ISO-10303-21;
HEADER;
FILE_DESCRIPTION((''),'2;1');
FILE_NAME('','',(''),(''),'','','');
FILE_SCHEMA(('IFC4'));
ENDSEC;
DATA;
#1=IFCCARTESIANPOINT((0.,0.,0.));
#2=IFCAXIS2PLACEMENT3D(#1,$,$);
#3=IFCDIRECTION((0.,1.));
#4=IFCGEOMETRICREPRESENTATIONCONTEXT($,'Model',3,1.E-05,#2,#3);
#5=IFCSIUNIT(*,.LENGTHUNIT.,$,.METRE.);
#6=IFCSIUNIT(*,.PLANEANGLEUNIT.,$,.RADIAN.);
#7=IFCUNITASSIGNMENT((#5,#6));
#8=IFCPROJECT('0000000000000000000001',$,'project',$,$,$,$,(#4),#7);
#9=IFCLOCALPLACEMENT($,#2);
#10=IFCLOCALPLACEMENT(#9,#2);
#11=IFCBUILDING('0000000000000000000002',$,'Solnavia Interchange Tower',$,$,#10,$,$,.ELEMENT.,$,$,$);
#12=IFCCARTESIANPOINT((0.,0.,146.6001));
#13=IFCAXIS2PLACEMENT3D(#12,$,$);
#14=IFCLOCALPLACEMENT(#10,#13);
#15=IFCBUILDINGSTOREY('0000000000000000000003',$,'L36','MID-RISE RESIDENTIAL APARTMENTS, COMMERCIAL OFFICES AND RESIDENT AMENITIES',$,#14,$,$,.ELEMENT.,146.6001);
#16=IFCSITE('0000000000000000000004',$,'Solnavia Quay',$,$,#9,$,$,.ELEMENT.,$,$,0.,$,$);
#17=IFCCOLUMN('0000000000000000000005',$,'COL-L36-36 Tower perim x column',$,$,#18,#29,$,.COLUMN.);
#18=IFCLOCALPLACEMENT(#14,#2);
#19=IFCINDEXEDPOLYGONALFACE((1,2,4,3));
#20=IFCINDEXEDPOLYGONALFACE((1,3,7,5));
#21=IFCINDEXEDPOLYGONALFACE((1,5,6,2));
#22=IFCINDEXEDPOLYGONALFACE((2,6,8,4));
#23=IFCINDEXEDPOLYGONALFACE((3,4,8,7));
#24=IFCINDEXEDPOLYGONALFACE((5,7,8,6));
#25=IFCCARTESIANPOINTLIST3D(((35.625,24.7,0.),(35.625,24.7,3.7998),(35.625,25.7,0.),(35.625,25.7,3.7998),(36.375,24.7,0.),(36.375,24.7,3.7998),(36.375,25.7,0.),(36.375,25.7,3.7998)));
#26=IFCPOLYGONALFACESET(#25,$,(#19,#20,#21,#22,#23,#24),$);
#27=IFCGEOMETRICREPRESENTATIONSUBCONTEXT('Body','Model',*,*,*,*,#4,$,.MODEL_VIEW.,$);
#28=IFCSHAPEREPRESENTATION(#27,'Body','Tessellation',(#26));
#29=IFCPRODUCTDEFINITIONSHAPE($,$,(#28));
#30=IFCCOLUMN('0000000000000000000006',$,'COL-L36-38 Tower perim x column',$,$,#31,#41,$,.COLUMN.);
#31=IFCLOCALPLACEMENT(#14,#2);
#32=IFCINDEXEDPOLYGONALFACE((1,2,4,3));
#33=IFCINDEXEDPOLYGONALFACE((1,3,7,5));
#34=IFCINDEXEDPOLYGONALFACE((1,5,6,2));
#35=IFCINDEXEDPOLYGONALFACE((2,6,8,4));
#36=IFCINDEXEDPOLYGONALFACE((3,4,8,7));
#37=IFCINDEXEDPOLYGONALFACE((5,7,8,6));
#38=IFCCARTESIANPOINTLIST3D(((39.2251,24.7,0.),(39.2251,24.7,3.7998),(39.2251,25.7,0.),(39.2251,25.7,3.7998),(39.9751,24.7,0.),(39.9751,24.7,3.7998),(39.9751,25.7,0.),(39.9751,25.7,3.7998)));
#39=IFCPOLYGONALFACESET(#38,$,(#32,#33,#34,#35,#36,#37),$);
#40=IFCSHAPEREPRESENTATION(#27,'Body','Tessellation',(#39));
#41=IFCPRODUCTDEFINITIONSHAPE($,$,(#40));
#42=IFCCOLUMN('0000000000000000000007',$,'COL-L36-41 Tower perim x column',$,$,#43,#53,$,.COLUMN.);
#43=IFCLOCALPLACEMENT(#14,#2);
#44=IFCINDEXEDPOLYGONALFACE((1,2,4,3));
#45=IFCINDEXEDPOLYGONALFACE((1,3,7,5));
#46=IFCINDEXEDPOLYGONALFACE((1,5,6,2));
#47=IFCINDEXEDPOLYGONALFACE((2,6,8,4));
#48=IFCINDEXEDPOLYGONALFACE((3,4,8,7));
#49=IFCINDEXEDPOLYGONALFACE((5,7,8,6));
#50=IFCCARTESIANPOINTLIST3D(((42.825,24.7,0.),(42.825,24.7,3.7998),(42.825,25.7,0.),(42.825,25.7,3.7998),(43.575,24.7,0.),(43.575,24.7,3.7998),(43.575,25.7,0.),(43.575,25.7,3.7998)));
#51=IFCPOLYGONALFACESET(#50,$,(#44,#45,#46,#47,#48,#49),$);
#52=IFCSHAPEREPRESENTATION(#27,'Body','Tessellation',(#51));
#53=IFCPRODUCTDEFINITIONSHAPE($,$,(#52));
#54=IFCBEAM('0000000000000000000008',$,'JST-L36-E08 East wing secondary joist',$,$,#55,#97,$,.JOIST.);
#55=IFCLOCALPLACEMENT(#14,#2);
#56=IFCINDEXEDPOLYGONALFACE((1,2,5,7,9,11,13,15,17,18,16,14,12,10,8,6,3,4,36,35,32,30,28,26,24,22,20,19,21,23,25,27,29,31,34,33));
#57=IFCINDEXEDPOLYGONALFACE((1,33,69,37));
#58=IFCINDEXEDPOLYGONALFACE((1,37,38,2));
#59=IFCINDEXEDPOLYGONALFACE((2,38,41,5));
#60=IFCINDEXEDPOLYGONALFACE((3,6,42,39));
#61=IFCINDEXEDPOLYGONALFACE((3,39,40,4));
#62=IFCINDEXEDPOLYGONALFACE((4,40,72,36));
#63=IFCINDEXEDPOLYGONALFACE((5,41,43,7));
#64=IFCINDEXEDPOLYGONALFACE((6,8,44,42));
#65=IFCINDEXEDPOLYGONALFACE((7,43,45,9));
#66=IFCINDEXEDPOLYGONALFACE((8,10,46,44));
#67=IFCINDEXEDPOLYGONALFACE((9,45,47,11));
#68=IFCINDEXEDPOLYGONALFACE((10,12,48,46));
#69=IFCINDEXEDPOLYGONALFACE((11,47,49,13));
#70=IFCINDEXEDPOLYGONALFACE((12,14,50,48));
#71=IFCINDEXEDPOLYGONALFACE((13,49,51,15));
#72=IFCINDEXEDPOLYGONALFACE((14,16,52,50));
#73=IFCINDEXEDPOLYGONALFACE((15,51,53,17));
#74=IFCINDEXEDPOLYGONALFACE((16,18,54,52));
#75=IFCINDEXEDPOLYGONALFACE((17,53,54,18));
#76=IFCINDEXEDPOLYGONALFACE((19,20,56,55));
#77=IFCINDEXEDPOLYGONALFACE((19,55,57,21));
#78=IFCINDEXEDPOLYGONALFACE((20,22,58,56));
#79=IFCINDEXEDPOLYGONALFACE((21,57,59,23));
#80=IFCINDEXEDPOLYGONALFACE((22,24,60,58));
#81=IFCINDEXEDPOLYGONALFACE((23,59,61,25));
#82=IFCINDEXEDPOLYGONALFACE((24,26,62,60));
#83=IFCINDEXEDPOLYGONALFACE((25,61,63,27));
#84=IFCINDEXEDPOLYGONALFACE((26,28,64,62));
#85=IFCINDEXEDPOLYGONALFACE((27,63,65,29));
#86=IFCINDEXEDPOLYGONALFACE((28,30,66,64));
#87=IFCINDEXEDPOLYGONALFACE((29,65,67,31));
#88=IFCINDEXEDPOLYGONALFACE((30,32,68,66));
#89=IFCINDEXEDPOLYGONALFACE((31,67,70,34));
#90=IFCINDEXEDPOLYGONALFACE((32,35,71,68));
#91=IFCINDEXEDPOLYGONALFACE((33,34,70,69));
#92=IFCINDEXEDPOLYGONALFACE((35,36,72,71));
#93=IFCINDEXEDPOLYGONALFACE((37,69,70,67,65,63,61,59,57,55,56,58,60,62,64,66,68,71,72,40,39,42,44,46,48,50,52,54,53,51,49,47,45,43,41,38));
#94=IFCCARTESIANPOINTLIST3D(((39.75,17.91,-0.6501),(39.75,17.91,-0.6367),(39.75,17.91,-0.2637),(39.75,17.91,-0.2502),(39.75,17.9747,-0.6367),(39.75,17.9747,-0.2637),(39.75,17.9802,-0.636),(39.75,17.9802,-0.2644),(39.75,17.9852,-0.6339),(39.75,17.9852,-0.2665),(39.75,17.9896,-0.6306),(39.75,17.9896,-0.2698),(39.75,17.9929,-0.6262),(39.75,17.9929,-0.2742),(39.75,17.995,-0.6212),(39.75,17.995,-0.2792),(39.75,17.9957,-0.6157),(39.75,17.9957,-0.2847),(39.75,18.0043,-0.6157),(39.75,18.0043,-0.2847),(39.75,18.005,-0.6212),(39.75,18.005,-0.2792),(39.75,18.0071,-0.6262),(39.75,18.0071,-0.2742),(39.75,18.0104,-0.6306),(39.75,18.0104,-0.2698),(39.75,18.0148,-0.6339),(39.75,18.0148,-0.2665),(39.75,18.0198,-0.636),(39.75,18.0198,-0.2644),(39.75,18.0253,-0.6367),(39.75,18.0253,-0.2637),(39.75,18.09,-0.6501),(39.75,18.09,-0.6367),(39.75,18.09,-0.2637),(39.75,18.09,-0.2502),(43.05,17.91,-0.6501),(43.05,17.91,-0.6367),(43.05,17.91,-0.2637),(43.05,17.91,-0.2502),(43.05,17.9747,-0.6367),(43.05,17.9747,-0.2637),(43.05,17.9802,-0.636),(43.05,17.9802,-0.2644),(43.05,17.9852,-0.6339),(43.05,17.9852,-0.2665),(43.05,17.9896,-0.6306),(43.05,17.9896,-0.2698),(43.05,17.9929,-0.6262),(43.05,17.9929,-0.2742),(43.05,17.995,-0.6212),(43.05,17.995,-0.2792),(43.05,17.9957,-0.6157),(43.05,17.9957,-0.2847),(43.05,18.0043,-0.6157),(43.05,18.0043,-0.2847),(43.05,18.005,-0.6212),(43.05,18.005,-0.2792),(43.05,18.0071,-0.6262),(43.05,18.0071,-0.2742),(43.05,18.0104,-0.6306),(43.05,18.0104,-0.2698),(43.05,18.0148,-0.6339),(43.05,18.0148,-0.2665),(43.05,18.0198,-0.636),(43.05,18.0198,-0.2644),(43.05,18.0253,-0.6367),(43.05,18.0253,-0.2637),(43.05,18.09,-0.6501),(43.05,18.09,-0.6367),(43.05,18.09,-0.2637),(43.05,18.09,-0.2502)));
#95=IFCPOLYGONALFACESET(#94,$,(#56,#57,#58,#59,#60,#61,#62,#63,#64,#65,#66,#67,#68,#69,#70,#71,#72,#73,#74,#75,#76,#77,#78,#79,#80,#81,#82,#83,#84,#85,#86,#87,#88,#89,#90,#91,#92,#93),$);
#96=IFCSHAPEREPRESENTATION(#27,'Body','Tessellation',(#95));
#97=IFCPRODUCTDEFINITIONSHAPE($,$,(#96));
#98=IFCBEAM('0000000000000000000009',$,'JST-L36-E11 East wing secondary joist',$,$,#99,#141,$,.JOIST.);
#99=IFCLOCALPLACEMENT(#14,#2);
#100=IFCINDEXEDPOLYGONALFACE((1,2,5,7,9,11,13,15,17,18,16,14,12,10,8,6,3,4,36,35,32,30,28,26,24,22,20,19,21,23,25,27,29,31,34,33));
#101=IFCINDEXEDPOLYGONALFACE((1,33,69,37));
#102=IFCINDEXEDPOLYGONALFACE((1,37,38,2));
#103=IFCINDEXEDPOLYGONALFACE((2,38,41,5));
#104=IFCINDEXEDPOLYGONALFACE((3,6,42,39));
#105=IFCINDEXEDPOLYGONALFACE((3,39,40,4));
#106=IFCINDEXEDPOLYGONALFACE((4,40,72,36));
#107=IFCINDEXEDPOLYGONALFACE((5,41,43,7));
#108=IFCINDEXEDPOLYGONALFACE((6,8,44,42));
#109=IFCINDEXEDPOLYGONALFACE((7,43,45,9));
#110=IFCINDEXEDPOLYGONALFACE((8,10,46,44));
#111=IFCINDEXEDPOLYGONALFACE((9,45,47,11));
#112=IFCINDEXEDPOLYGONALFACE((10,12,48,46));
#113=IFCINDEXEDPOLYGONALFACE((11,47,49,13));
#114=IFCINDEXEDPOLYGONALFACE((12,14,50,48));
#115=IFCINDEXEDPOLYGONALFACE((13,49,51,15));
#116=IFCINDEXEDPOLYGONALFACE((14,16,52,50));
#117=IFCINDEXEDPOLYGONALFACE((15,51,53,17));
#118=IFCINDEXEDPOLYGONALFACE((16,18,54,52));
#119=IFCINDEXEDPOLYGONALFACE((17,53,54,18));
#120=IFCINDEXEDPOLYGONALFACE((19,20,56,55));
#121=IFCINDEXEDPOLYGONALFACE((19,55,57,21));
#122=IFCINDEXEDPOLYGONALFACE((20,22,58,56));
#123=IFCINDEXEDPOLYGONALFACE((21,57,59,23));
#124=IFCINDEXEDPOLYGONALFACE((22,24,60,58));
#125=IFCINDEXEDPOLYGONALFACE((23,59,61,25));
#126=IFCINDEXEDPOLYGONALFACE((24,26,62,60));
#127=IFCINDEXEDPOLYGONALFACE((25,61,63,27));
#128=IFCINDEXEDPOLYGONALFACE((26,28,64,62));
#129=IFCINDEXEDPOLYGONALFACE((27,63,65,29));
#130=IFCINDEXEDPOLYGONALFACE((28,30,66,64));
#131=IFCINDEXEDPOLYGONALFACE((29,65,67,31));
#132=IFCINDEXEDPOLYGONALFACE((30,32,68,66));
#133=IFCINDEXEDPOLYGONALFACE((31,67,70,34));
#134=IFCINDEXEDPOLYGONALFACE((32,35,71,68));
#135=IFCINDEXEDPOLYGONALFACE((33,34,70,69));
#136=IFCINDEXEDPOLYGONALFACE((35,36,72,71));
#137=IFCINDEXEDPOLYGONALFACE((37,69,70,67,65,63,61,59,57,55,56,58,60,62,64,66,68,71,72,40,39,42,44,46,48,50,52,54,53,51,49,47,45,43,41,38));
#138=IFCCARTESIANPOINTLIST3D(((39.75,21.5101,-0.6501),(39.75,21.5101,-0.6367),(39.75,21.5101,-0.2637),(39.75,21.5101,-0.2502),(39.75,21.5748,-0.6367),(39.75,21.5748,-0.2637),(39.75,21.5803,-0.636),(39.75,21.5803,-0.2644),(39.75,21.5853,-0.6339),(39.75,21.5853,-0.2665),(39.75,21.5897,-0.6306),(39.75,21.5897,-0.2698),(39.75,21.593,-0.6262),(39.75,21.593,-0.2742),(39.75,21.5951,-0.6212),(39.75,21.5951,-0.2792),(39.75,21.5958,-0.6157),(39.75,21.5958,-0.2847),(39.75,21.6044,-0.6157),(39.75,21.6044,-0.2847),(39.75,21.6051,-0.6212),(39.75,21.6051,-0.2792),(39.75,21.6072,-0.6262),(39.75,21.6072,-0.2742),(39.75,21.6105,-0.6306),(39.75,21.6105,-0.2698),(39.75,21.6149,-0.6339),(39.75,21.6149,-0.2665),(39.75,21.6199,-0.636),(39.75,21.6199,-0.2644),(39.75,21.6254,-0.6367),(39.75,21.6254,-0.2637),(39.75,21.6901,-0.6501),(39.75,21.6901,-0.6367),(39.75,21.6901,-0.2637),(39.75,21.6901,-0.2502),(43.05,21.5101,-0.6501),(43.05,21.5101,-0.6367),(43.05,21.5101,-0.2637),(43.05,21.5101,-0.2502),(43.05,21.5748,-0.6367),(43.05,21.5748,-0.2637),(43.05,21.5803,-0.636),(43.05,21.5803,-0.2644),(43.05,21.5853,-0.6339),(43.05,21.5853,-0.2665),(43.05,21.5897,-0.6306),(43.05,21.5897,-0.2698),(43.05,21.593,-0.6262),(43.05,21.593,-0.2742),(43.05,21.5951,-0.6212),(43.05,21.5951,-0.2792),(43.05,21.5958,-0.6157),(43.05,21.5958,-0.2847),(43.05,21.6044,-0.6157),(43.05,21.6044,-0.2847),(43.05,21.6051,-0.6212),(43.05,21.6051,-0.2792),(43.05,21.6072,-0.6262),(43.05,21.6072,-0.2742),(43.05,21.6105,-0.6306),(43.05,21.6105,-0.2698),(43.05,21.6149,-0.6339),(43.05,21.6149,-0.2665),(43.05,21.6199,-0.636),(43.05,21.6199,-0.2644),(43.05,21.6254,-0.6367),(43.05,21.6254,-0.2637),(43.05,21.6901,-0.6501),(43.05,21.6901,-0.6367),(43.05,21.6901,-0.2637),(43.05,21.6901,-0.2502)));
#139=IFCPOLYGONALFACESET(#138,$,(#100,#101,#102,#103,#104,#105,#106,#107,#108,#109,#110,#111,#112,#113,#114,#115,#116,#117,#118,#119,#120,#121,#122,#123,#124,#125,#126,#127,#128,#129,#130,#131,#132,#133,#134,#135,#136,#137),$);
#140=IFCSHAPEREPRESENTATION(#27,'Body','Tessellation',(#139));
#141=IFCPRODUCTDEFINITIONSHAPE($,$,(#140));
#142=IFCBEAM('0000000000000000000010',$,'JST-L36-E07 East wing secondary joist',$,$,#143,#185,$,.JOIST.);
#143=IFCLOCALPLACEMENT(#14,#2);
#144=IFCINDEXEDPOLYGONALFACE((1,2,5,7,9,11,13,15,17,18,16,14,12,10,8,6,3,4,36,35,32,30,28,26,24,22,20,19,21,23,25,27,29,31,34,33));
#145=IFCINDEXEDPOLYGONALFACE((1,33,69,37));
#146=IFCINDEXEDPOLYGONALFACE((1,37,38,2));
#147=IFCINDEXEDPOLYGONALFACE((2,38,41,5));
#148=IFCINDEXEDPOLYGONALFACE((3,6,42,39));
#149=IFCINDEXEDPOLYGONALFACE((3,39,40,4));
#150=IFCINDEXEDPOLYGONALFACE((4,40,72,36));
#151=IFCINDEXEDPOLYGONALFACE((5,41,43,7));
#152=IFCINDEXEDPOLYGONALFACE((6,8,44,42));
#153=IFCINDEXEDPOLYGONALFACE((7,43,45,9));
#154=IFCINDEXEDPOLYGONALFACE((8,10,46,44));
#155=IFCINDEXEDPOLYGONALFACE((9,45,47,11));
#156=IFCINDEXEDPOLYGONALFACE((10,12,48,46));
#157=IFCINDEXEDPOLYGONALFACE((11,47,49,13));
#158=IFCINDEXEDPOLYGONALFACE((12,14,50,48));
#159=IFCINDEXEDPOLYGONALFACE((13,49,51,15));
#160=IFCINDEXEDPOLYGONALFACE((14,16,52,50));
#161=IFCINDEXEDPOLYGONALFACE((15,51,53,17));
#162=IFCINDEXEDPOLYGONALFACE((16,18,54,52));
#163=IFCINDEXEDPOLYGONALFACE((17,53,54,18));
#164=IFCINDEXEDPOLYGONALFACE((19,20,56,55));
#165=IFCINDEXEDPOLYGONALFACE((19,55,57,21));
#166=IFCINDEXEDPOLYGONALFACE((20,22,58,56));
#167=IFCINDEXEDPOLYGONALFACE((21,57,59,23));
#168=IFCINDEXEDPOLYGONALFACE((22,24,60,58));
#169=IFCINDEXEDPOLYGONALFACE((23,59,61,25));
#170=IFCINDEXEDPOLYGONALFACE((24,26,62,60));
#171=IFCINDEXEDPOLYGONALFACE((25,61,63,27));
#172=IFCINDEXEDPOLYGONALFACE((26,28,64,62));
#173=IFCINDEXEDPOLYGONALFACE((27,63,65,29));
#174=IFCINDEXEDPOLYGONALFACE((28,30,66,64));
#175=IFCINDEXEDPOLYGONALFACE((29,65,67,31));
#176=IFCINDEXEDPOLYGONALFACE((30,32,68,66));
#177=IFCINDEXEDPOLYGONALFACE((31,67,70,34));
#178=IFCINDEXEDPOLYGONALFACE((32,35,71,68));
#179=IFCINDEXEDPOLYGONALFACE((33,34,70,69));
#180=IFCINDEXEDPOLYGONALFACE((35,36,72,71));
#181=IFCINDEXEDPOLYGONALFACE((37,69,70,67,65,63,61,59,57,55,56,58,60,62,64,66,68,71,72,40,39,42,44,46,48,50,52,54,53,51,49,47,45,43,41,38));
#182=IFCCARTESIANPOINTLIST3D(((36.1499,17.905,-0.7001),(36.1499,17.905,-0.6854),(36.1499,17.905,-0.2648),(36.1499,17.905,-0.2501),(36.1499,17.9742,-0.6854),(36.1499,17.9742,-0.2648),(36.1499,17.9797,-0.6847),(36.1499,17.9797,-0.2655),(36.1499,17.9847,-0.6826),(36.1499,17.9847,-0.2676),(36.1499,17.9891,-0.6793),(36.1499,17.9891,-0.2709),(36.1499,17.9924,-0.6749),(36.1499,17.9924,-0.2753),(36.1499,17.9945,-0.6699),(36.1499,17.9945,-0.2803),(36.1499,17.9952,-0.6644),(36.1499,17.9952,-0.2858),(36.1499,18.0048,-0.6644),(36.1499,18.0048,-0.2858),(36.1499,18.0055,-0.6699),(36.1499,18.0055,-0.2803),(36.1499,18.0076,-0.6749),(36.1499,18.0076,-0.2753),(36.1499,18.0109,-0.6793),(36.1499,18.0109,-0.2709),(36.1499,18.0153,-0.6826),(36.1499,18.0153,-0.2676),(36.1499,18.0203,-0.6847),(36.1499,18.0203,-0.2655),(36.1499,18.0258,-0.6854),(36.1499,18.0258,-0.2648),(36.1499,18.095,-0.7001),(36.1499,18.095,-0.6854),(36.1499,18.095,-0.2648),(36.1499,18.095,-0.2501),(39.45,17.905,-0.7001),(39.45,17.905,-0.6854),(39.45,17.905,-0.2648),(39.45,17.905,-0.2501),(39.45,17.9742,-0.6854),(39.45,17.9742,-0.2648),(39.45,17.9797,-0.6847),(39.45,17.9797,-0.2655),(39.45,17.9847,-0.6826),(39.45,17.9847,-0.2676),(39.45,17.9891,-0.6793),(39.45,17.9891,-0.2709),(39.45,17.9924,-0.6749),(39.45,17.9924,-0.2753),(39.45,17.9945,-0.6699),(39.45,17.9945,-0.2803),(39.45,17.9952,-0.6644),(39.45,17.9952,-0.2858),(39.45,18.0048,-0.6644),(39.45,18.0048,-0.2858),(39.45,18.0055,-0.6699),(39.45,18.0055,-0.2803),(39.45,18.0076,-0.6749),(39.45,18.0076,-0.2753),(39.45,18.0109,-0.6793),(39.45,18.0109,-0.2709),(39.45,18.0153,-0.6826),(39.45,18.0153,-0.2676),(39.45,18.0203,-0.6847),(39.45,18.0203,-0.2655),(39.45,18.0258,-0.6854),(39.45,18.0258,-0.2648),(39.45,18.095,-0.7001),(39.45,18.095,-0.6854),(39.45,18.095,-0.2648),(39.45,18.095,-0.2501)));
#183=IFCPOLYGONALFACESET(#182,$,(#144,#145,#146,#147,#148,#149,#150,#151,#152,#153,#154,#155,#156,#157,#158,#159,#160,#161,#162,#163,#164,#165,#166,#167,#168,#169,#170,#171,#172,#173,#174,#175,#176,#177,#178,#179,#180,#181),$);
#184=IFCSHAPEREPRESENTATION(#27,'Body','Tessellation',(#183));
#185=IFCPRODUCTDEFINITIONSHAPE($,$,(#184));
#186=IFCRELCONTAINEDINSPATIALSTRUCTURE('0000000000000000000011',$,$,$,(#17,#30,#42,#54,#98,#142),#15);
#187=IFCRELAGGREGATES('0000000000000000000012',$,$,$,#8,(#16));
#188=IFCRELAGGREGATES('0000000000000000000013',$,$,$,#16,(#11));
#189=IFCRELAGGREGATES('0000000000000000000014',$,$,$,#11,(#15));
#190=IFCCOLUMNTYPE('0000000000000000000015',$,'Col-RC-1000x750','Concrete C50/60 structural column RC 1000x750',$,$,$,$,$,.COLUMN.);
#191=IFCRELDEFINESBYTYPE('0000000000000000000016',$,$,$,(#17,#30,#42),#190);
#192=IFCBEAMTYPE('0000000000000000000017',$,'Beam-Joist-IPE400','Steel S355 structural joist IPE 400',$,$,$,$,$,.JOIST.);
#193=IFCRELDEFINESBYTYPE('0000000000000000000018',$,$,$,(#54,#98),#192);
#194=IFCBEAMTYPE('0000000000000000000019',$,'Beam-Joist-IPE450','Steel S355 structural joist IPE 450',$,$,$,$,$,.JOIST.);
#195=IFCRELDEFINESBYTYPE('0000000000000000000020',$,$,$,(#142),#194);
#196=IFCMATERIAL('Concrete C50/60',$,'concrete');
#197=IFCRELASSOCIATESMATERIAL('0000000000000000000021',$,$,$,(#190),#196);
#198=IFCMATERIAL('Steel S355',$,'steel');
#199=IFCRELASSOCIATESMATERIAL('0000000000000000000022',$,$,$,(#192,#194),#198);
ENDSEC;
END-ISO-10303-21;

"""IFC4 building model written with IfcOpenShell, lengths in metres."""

from ifc_helpers import new_model, si_unit, direction, frame, origin, origin_2d, place, context, subcontext, project, spatial, rectangle, i_section, extrude, material, material_profile, profile_set, type_object, element, save


model = new_model("IFC4")

# Units and contexts
model_context = context("Model", 3, precision=1e-05, world=origin(), true_north=direction((0.0, 1.0)))
body_context = subcontext(model_context, "Body", "Model", "MODEL_VIEW")
ifc_project = project(units=[si_unit("LENGTHUNIT", "METRE"), si_unit("PLANEANGLEUNIT", "RADIAN")], contexts=[model_context])

# Site, building, storey
site_placement = place(None, origin())
site = spatial("IfcSite", under=ifc_project, at=site_placement, Name="Solnavia Quay", CompositionType="ELEMENT", RefElevation=0.0)
building_placement = place(site_placement, origin())
building = spatial("IfcBuilding", under=site, at=building_placement, Name="Solnavia Interchange Tower", CompositionType="ELEMENT")
storey_placement = place(building_placement, frame((0.0, 0.0, 146.6001)))
storey = spatial("IfcBuildingStorey", under=building, at=storey_placement, Name="L36", Description="MID-RISE RESIDENTIAL APARTMENTS, COMMERCIAL OFFICES AND RESIDENT AMENITIES", CompositionType="ELEMENT", Elevation=146.6001)

# Columns
ifc_material_1 = material(Name="Concrete C50/60", Category="concrete")
ifc_material_profile_1 = material_profile(ifc_material_1, rectangle(XDim=0.75, YDim=1.0, at=origin_2d()), Name="RC 1000x750")
ifc_profile_set_1 = profile_set([ifc_material_profile_1], Name="Concrete C50/60")
column_type = type_object("IfcColumnType", Name="Col-RC-1000x750", Description="Concrete C50/60 structural column RC 1000x750", PredefinedType="COLUMN", material=ifc_profile_set_1)
for number, where, z_axis, x_axis, name in (
    (1, (36.0, 25.2, 0.0), (0.0, 0.0, 1.0), (1.0, 0.0, 0.0), "COL-L36-36 Tower perim x column"),
    (2, (39.6001, 25.2, 0.0), (0.0, 0.0, 1.0), (1.0, 0.0, 0.0), "COL-L36-38 Tower perim x column"),
    (3, (43.2, 25.2, 0.0), (0.0, 0.0, 1.0), (1.0, 0.0, 0.0), "COL-L36-41 Tower perim x column"),
):
    element("IfcColumn", number, at=place(storey_placement, frame(where, z_axis=z_axis, x_axis=x_axis)), inside=storey, type_object=column_type, Name=name, PredefinedType="COLUMN", context=body_context, shape_type="SweptSolid", body=[
        extrude(rectangle(XDim=0.75, YDim=1.0, at=origin_2d()), origin(), (0.0, 0.0, 1.0), 3.7998),
    ])

# Beams
ifc_material_2 = material(Name="Steel S355", Category="steel")
ifc_material_profile_2 = material_profile(ifc_material_2, i_section(OverallWidth=0.1799, OverallDepth=0.3999, WebThickness=0.0085, FlangeThickness=0.0134, FilletRadius=0.021, at=origin_2d()), Name="IPE 400")
ifc_profile_set_2 = profile_set([ifc_material_profile_2], Name="Steel S355")
beam_type_1 = type_object("IfcBeamType", Name="Beam-Joist-IPE400", Description="Steel S355 structural joist IPE 400", PredefinedType="JOIST", material=ifc_profile_set_2)
for number, where, z_axis, x_axis, name in (
    (4, (39.75, 18.0, -0.4502), (1.0, 0.0, 0.0), (0.0, 1.0, 0.0), "JST-L36-E08 East wing secondary joist"),
    (5, (39.75, 21.6001, -0.4502), (1.0, 0.0, 0.0), (0.0, 1.0, 0.0), "JST-L36-E11 East wing secondary joist"),
):
    element("IfcBeam", number, at=place(storey_placement, frame(where, z_axis=z_axis, x_axis=x_axis)), inside=storey, type_object=beam_type_1, Name=name, PredefinedType="JOIST", context=body_context, shape_type="SweptSolid", body=[
        extrude(i_section(OverallWidth=0.1799, OverallDepth=0.3999, WebThickness=0.0085, FlangeThickness=0.0134, FilletRadius=0.021, at=origin_2d()), origin(), (0.0, 0.0, 1.0), 3.3),
    ])
ifc_material_profile_3 = material_profile(ifc_material_2, i_section(OverallWidth=0.1899, OverallDepth=0.45, WebThickness=0.0095, FlangeThickness=0.0146, FilletRadius=0.021, at=origin_2d()), Name="IPE 450")
ifc_profile_set_3 = profile_set([ifc_material_profile_3], Name="Steel S355")
beam_type_2 = type_object("IfcBeamType", Name="Beam-Joist-IPE450", Description="Steel S355 structural joist IPE 450", PredefinedType="JOIST", material=ifc_profile_set_3)
for number, where, z_axis, x_axis, name in (
    (6, (36.1499, 18.0, -0.4751), (1.0, 0.0, 0.0), (0.0, 1.0, 0.0), "JST-L36-E07 East wing secondary joist"),
):
    element("IfcBeam", number, at=place(storey_placement, frame(where, z_axis=z_axis, x_axis=x_axis)), inside=storey, type_object=beam_type_2, Name=name, PredefinedType="JOIST", context=body_context, shape_type="SweptSolid", body=[
        extrude(i_section(OverallWidth=0.1899, OverallDepth=0.45, WebThickness=0.0095, FlangeThickness=0.0146, FilletRadius=0.021, at=origin_2d()), origin(), (0.0, 0.0, 1.0), 3.3),
    ])

save(model, "model.ifc")
